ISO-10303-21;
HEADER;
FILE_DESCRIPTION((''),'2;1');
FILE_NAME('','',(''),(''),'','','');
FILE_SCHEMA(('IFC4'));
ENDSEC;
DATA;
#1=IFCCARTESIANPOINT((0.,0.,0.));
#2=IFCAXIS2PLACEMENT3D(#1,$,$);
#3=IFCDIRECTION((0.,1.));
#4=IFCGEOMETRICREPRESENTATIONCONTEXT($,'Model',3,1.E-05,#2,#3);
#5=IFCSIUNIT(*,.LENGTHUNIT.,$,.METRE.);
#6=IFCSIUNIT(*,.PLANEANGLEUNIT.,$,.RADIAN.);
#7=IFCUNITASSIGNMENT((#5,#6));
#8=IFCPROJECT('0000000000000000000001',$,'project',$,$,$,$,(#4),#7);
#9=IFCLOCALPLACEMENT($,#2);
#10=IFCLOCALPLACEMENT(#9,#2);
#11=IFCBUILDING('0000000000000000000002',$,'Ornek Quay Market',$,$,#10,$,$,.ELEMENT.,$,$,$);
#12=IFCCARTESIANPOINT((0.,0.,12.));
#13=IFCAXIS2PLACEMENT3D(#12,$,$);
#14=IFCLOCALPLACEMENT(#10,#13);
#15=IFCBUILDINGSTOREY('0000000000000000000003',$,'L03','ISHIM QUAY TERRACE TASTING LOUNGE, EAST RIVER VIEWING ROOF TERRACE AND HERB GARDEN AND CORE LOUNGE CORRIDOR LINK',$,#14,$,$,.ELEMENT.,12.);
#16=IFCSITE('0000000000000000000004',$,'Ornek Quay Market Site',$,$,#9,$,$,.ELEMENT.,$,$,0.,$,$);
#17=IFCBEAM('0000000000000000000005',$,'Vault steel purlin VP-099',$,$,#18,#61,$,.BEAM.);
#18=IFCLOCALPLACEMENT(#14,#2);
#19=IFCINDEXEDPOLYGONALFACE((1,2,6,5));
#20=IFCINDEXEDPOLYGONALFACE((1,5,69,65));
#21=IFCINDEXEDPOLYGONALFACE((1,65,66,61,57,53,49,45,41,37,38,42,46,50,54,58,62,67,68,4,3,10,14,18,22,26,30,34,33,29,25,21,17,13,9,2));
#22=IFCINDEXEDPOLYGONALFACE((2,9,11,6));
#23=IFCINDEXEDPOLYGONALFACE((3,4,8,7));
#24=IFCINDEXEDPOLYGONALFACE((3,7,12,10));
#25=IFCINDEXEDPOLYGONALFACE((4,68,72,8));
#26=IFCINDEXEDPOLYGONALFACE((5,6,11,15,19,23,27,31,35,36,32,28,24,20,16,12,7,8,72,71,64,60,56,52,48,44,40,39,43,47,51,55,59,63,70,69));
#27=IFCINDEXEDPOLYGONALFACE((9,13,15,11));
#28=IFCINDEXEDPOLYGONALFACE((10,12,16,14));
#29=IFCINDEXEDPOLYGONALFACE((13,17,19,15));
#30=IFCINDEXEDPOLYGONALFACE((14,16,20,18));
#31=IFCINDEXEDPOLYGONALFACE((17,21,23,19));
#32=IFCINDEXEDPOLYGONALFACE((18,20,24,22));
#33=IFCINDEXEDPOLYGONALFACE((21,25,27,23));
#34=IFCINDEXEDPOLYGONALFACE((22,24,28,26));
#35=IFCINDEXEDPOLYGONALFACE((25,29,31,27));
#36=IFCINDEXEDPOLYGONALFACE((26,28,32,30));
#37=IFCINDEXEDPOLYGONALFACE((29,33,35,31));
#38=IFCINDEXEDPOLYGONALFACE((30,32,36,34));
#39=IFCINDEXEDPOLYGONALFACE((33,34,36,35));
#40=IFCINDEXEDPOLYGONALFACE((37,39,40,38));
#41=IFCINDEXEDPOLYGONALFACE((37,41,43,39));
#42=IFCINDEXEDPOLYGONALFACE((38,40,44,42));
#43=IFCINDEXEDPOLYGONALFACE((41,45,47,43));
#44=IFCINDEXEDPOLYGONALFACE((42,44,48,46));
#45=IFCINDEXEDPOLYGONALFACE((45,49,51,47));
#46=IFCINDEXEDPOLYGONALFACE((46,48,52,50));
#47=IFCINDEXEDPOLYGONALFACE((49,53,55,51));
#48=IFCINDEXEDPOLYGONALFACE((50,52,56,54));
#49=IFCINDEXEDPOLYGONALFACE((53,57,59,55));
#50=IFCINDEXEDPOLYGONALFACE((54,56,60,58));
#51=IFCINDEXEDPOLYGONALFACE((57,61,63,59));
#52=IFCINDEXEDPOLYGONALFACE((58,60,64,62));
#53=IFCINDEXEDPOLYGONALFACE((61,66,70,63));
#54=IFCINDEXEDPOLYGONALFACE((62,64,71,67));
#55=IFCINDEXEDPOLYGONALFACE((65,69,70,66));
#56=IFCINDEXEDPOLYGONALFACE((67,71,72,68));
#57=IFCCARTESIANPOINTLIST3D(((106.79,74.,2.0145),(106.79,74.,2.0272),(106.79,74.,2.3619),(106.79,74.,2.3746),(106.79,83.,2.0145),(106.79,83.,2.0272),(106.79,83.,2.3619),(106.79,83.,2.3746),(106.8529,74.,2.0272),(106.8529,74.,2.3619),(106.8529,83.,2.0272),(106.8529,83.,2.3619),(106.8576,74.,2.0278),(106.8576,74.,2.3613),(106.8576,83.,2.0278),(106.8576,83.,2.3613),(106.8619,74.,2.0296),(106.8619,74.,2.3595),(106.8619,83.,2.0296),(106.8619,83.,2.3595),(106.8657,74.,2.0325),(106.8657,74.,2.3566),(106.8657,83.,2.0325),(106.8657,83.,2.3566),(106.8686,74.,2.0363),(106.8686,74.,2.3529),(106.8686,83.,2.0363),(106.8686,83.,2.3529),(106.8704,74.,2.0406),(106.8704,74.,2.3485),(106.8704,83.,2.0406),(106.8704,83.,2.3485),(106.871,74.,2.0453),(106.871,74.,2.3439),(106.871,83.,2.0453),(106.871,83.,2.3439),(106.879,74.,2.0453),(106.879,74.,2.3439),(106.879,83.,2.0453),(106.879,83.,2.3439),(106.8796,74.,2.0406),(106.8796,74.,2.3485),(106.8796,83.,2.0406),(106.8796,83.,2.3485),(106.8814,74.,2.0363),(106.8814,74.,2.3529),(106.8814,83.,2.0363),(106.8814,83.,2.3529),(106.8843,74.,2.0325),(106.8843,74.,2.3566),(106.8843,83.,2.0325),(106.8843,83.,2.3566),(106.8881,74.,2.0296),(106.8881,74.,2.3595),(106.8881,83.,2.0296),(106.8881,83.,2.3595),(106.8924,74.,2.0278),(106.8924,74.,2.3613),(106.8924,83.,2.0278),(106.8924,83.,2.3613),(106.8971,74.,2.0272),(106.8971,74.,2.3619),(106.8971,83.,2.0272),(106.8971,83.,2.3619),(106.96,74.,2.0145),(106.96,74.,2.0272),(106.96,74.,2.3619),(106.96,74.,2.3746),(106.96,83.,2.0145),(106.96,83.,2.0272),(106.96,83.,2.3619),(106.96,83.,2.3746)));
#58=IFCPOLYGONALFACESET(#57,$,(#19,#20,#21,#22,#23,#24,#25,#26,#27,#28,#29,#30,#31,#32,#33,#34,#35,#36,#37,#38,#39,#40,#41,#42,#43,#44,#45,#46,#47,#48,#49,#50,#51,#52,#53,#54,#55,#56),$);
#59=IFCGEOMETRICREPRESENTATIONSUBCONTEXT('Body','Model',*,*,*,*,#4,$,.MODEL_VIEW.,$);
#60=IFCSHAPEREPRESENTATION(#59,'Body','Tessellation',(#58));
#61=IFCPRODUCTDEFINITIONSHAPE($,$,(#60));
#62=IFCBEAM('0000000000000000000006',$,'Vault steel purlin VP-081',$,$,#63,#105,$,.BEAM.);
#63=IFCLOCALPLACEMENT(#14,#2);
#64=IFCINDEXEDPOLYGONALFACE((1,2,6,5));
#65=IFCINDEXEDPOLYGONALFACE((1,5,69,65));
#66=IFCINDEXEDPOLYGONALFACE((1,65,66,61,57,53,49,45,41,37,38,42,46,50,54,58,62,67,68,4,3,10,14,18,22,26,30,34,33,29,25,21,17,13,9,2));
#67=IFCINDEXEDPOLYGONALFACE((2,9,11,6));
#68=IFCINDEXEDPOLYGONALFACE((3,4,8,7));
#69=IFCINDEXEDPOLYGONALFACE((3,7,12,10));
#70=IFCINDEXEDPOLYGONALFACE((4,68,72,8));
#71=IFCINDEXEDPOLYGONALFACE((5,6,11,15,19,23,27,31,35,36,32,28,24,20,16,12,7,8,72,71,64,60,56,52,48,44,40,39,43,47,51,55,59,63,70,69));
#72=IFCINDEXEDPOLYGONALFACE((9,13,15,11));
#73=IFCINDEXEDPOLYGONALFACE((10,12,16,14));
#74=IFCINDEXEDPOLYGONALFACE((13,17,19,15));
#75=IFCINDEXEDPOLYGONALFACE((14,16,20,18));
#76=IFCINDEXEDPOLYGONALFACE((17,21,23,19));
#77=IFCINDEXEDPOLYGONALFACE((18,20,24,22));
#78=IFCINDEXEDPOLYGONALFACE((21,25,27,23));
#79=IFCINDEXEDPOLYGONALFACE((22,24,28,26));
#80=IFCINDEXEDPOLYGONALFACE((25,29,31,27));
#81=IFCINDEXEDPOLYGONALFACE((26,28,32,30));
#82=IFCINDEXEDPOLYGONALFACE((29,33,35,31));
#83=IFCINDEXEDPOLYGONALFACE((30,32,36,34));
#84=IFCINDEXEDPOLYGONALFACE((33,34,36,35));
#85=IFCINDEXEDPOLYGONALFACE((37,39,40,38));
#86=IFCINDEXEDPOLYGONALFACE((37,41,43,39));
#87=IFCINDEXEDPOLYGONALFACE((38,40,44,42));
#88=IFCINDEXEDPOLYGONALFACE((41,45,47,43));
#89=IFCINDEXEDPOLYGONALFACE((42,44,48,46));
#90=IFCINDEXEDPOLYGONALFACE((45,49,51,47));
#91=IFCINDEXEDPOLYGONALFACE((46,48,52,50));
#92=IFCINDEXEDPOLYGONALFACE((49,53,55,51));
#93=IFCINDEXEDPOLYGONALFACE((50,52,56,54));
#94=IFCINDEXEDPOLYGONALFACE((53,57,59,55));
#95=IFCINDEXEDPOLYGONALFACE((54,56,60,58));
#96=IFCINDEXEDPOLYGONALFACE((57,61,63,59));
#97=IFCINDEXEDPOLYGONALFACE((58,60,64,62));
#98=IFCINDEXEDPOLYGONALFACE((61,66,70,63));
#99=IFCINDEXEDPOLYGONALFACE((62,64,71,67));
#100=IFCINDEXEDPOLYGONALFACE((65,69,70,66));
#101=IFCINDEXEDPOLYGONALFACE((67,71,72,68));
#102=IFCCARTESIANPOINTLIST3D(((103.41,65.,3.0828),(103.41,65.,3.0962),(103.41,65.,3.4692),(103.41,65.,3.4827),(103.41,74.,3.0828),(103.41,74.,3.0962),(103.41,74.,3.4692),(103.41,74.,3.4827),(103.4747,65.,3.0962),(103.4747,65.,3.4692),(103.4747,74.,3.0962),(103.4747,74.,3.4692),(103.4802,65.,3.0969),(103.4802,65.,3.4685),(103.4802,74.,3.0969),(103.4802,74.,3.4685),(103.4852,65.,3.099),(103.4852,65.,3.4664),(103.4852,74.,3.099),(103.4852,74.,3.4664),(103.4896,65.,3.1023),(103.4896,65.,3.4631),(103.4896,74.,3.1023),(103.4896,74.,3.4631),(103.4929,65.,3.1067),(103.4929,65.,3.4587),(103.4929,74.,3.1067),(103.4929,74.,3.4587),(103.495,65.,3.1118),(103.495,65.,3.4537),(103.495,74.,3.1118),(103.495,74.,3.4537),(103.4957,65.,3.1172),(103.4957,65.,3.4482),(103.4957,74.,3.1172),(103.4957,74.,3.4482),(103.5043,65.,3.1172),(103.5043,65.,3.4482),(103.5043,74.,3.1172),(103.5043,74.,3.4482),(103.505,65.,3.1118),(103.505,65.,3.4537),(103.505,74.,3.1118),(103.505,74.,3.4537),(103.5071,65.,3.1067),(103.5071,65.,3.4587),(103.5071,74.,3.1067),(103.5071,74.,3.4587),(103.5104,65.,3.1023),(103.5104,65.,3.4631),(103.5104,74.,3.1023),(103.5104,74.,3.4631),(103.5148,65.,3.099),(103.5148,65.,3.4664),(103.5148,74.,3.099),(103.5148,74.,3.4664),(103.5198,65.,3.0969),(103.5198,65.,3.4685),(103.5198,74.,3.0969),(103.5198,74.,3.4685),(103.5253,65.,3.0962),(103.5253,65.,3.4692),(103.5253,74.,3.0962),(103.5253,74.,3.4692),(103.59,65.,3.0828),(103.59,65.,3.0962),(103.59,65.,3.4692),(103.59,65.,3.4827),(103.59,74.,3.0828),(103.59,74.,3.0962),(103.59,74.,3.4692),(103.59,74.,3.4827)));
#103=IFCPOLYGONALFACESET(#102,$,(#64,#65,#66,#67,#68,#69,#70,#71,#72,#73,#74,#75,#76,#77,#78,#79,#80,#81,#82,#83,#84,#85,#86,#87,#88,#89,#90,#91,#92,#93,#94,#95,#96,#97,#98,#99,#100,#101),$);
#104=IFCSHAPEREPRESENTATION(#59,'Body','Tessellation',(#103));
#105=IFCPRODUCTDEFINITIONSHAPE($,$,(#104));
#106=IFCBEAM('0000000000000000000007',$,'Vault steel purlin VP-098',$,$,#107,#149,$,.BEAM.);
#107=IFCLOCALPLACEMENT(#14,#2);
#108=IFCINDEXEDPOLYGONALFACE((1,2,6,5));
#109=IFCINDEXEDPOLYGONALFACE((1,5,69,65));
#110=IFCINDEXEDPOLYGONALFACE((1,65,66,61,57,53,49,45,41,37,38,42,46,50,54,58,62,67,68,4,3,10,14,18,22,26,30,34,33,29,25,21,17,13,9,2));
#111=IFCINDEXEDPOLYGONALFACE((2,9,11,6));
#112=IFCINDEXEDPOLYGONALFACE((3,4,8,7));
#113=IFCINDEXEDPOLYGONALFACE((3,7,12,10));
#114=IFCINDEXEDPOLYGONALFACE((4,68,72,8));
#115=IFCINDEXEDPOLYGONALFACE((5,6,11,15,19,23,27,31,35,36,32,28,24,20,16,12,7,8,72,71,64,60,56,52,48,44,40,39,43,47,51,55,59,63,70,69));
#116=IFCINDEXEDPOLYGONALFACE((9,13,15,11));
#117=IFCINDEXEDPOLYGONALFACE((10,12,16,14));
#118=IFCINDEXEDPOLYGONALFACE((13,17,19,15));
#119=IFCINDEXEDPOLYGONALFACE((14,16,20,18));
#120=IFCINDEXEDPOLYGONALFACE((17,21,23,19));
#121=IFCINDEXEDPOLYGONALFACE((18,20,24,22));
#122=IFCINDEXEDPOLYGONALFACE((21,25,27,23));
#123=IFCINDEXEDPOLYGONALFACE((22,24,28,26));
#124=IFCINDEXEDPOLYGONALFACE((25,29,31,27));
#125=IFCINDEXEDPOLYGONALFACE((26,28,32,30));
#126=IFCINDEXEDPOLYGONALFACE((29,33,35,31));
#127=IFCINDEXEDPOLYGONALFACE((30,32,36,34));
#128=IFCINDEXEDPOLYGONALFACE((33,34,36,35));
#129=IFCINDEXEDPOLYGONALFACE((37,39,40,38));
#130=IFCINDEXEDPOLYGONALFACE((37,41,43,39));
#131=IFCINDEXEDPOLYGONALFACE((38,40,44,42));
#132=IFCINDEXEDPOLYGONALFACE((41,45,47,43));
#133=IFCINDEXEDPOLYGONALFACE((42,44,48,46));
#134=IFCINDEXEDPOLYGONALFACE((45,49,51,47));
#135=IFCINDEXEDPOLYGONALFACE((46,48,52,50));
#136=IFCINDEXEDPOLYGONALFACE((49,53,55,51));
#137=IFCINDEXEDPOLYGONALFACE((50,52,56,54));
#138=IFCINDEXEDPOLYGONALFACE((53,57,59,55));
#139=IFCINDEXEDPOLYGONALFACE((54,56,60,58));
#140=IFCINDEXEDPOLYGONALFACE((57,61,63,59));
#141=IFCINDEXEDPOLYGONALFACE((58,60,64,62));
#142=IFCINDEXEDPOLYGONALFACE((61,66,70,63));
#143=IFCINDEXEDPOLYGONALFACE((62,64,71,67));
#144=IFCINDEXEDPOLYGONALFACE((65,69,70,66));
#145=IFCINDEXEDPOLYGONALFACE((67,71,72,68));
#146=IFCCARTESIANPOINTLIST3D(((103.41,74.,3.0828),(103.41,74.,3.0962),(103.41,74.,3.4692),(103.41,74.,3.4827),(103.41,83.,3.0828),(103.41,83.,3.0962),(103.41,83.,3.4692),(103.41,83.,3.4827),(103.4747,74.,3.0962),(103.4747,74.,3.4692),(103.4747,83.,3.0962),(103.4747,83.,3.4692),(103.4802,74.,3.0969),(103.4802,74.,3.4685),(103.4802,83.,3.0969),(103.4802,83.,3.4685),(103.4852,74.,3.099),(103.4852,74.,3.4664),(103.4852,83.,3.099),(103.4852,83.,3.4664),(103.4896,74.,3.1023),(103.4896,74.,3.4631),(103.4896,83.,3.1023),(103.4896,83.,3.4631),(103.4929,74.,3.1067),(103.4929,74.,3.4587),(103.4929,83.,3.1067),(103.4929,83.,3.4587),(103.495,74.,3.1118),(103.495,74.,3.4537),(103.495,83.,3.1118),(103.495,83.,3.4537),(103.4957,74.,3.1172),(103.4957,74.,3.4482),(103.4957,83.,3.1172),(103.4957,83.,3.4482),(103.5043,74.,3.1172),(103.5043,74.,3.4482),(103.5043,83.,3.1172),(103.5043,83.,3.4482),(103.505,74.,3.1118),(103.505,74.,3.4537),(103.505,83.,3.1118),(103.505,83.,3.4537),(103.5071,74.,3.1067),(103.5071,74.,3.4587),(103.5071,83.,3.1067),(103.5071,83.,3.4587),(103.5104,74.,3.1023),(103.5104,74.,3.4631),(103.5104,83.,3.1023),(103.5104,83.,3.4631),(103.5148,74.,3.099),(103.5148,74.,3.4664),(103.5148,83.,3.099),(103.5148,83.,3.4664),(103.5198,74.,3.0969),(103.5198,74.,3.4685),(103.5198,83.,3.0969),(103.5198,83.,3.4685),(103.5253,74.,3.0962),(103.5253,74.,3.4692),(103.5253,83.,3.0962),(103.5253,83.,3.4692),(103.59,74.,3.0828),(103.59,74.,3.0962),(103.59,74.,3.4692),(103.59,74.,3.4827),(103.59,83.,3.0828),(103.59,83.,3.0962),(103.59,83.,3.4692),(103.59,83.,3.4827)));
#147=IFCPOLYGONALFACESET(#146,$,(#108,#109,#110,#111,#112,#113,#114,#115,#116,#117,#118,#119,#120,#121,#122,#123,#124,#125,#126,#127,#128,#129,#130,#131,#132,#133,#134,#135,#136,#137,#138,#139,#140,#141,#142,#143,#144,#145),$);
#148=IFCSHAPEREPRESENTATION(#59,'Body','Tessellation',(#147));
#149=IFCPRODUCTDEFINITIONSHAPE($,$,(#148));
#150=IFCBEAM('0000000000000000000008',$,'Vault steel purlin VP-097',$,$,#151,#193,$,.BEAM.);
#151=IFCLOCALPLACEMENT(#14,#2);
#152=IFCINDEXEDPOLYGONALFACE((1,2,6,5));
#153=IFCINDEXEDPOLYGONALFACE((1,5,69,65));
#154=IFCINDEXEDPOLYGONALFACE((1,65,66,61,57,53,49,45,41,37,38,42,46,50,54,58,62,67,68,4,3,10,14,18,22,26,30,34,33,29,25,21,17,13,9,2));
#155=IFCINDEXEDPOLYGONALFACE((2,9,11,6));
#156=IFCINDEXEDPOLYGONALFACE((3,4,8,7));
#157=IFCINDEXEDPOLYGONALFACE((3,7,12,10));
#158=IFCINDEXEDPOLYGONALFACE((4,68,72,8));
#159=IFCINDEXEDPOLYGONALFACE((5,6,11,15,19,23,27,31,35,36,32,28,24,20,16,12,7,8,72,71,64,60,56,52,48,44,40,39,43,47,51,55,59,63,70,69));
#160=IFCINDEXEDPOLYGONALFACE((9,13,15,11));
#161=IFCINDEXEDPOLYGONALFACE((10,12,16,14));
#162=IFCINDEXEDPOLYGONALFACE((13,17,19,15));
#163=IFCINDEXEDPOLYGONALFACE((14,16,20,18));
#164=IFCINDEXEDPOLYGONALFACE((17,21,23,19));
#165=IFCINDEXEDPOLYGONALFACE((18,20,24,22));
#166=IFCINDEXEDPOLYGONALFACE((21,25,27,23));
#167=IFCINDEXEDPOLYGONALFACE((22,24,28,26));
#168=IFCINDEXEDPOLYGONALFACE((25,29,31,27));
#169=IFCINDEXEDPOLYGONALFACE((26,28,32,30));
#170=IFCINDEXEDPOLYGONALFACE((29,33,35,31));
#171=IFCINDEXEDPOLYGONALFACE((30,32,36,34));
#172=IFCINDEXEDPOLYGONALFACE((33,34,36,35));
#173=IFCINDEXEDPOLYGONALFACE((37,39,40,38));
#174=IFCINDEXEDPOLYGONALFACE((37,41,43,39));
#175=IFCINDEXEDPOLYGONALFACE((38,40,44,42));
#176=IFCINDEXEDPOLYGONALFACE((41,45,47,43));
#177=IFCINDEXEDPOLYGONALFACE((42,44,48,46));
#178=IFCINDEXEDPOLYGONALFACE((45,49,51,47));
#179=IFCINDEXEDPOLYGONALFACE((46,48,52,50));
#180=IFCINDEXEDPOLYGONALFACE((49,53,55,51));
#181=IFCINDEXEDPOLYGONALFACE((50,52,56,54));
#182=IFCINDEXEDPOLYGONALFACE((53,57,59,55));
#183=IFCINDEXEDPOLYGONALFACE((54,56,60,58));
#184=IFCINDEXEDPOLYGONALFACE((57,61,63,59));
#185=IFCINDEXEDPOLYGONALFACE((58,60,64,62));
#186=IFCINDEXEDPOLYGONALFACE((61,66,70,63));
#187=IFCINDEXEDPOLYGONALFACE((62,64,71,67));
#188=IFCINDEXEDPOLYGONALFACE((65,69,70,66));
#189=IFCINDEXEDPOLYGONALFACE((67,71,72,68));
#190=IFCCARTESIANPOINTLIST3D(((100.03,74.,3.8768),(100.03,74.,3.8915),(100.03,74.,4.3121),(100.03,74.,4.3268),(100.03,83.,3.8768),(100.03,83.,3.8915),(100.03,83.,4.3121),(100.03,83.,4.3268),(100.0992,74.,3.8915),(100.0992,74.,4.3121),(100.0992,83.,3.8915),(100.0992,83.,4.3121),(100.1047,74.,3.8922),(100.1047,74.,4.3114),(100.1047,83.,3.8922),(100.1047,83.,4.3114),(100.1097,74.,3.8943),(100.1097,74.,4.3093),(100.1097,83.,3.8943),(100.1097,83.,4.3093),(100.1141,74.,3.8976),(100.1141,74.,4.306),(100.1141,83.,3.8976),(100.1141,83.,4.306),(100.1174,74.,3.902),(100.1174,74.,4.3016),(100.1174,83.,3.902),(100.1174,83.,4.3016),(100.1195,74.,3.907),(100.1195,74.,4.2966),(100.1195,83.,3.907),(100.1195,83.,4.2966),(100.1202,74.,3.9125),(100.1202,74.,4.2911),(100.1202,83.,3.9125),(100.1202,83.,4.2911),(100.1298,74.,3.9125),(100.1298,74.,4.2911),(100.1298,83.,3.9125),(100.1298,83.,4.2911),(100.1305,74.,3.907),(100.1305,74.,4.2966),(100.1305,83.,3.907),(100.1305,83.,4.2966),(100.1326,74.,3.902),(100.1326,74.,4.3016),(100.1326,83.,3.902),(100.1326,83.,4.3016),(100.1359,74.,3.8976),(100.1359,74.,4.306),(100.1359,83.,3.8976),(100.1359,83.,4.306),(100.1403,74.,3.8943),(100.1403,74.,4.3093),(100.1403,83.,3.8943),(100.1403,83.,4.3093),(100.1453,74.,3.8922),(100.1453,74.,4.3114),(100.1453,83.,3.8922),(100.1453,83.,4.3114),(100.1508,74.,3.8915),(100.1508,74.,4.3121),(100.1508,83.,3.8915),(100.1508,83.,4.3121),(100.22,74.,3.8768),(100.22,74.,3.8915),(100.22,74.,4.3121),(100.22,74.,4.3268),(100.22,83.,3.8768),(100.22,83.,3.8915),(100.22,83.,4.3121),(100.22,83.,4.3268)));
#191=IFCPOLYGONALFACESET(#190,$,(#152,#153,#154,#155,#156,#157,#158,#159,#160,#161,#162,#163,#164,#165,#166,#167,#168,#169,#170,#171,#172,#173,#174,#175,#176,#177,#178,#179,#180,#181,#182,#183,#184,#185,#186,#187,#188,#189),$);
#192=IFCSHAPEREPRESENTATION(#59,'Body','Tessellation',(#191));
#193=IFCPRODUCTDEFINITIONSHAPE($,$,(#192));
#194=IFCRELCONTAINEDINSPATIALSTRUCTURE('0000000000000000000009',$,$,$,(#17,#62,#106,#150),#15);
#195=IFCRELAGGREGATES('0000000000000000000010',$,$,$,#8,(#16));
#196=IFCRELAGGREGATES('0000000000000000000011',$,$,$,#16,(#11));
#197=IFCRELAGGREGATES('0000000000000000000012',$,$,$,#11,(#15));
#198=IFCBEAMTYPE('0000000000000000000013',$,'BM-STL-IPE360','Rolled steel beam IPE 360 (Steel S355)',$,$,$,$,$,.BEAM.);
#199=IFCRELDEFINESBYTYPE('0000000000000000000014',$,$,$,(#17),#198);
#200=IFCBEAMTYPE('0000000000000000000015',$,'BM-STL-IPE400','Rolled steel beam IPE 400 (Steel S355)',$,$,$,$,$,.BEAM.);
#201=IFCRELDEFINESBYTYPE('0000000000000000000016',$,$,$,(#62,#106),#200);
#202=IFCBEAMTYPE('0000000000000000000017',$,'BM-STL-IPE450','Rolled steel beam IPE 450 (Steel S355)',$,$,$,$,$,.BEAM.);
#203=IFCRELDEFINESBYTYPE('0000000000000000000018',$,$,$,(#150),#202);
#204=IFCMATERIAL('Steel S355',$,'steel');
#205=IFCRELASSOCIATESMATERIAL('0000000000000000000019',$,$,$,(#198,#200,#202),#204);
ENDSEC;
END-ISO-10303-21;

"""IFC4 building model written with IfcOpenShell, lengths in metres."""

from ifc_helpers import new_model, si_unit, direction, frame, origin, origin_2d, place, context, subcontext, project, spatial, i_section, extrude, material, material_profile, profile_set, type_object, element, save


model = new_model("IFC4")

# Units and contexts
model_context = context("Model", 3, precision=1e-05, world=origin(), true_north=direction((0.0, 1.0)))
body_context = subcontext(model_context, "Body", "Model", "MODEL_VIEW")
ifc_project = project(units=[si_unit("LENGTHUNIT", "METRE"), si_unit("PLANEANGLEUNIT", "RADIAN")], contexts=[model_context])

# Site, building, storey
site_placement = place(None, origin())
site = spatial("IfcSite", under=ifc_project, at=site_placement, Name="Ornek Quay Market Site", CompositionType="ELEMENT", RefElevation=0.0)
building_placement = place(site_placement, origin())
building = spatial("IfcBuilding", under=site, at=building_placement, Name="Ornek Quay Market", CompositionType="ELEMENT")
storey_placement = place(building_placement, frame((0.0, 0.0, 12.0)))
storey = spatial("IfcBuildingStorey", under=building, at=storey_placement, Name="L03", Description="ISHIM QUAY TERRACE TASTING LOUNGE, EAST RIVER VIEWING ROOF TERRACE AND HERB GARDEN AND CORE LOUNGE CORRIDOR LINK", CompositionType="ELEMENT", Elevation=12.0)

# Beams
ifc_material_1 = material(Name="Steel S355", Category="steel")
ifc_material_profile_1 = material_profile(ifc_material_1, i_section(OverallWidth=0.1699, OverallDepth=0.3601, WebThickness=0.0081, FlangeThickness=0.0127, FilletRadius=0.0181, at=origin_2d()), Name="IPE 360", Category="steel")
ifc_profile_set_1 = profile_set([ifc_material_profile_1], Name="Steel S355")
beam_type_1 = type_object("IfcBeamType", Name="BM-STL-IPE360", Description="Rolled steel beam IPE 360 (Steel S355)", PredefinedType="BEAM", material=ifc_profile_set_1)
for number, where, z_axis, x_axis, name in (
    (1, (106.875, 74.0, 2.1946), (0.0, 1.0, 0.0), (-1.0, 0.0, 0.0), "Vault steel purlin VP-099"),
):
    element("IfcBeam", number, at=place(storey_placement, frame(where, z_axis=z_axis, x_axis=x_axis)), inside=storey, type_object=beam_type_1, Name=name, PredefinedType="BEAM", context=body_context, shape_type="SweptSolid", body=[
        extrude(i_section(OverallWidth=0.1699, OverallDepth=0.3601, WebThickness=0.0081, FlangeThickness=0.0127, FilletRadius=0.0181, at=origin_2d()), origin(), (0.0, 0.0, 1.0), 9.0),
    ])
ifc_material_profile_2 = material_profile(ifc_material_1, i_section(OverallWidth=0.1799, OverallDepth=0.3999, WebThickness=0.0085, FlangeThickness=0.0134, FilletRadius=0.021, at=origin_2d()), Name="IPE 400", Category="steel")
ifc_profile_set_2 = profile_set([ifc_material_profile_2], Name="Steel S355")
beam_type_2 = type_object("IfcBeamType", Name="BM-STL-IPE400", Description="Rolled steel beam IPE 400 (Steel S355)", PredefinedType="BEAM", material=ifc_profile_set_2)
for number, where, z_axis, x_axis, name in (
    (2, (103.5, 65.0, 3.2827), (0.0, 1.0, 0.0), (-1.0, 0.0, 0.0), "Vault steel purlin VP-081"),
    (3, (103.5, 74.0, 3.2827), (0.0, 1.0, 0.0), (-1.0, 0.0, 0.0), "Vault steel purlin VP-098"),
):
    element("IfcBeam", number, at=place(storey_placement, frame(where, z_axis=z_axis, x_axis=x_axis)), inside=storey, type_object=beam_type_2, Name=name, PredefinedType="BEAM", context=body_context, shape_type="SweptSolid", body=[
        extrude(i_section(OverallWidth=0.1799, OverallDepth=0.3999, WebThickness=0.0085, FlangeThickness=0.0134, FilletRadius=0.021, at=origin_2d()), origin(), (0.0, 0.0, 1.0), 9.0),
    ])
ifc_material_profile_3 = material_profile(ifc_material_1, i_section(OverallWidth=0.1899, OverallDepth=0.45, WebThickness=0.0095, FlangeThickness=0.0146, FilletRadius=0.021, at=origin_2d()), Name="IPE 450", Category="steel")
ifc_profile_set_3 = profile_set([ifc_material_profile_3], Name="Steel S355")
beam_type_3 = type_object("IfcBeamType", Name="BM-STL-IPE450", Description="Rolled steel beam IPE 450 (Steel S355)", PredefinedType="BEAM", material=ifc_profile_set_3)
beam_1_placement = place(storey_placement, frame((100.125, 74.0, 4.1018), z_axis=(0.0, 1.0, 0.0), x_axis=(-1.0, 0.0, 0.0)))
element("IfcBeam", 4, at=beam_1_placement, inside=storey, type_object=beam_type_3, Name="Vault steel purlin VP-097", PredefinedType="BEAM", context=body_context, shape_type="SweptSolid", body=[
    extrude(i_section(OverallWidth=0.1899, OverallDepth=0.45, WebThickness=0.0095, FlangeThickness=0.0146, FilletRadius=0.021, at=origin_2d()), origin(), (0.0, 0.0, 1.0), 9.0),
])

save(model, "model.ifc")
